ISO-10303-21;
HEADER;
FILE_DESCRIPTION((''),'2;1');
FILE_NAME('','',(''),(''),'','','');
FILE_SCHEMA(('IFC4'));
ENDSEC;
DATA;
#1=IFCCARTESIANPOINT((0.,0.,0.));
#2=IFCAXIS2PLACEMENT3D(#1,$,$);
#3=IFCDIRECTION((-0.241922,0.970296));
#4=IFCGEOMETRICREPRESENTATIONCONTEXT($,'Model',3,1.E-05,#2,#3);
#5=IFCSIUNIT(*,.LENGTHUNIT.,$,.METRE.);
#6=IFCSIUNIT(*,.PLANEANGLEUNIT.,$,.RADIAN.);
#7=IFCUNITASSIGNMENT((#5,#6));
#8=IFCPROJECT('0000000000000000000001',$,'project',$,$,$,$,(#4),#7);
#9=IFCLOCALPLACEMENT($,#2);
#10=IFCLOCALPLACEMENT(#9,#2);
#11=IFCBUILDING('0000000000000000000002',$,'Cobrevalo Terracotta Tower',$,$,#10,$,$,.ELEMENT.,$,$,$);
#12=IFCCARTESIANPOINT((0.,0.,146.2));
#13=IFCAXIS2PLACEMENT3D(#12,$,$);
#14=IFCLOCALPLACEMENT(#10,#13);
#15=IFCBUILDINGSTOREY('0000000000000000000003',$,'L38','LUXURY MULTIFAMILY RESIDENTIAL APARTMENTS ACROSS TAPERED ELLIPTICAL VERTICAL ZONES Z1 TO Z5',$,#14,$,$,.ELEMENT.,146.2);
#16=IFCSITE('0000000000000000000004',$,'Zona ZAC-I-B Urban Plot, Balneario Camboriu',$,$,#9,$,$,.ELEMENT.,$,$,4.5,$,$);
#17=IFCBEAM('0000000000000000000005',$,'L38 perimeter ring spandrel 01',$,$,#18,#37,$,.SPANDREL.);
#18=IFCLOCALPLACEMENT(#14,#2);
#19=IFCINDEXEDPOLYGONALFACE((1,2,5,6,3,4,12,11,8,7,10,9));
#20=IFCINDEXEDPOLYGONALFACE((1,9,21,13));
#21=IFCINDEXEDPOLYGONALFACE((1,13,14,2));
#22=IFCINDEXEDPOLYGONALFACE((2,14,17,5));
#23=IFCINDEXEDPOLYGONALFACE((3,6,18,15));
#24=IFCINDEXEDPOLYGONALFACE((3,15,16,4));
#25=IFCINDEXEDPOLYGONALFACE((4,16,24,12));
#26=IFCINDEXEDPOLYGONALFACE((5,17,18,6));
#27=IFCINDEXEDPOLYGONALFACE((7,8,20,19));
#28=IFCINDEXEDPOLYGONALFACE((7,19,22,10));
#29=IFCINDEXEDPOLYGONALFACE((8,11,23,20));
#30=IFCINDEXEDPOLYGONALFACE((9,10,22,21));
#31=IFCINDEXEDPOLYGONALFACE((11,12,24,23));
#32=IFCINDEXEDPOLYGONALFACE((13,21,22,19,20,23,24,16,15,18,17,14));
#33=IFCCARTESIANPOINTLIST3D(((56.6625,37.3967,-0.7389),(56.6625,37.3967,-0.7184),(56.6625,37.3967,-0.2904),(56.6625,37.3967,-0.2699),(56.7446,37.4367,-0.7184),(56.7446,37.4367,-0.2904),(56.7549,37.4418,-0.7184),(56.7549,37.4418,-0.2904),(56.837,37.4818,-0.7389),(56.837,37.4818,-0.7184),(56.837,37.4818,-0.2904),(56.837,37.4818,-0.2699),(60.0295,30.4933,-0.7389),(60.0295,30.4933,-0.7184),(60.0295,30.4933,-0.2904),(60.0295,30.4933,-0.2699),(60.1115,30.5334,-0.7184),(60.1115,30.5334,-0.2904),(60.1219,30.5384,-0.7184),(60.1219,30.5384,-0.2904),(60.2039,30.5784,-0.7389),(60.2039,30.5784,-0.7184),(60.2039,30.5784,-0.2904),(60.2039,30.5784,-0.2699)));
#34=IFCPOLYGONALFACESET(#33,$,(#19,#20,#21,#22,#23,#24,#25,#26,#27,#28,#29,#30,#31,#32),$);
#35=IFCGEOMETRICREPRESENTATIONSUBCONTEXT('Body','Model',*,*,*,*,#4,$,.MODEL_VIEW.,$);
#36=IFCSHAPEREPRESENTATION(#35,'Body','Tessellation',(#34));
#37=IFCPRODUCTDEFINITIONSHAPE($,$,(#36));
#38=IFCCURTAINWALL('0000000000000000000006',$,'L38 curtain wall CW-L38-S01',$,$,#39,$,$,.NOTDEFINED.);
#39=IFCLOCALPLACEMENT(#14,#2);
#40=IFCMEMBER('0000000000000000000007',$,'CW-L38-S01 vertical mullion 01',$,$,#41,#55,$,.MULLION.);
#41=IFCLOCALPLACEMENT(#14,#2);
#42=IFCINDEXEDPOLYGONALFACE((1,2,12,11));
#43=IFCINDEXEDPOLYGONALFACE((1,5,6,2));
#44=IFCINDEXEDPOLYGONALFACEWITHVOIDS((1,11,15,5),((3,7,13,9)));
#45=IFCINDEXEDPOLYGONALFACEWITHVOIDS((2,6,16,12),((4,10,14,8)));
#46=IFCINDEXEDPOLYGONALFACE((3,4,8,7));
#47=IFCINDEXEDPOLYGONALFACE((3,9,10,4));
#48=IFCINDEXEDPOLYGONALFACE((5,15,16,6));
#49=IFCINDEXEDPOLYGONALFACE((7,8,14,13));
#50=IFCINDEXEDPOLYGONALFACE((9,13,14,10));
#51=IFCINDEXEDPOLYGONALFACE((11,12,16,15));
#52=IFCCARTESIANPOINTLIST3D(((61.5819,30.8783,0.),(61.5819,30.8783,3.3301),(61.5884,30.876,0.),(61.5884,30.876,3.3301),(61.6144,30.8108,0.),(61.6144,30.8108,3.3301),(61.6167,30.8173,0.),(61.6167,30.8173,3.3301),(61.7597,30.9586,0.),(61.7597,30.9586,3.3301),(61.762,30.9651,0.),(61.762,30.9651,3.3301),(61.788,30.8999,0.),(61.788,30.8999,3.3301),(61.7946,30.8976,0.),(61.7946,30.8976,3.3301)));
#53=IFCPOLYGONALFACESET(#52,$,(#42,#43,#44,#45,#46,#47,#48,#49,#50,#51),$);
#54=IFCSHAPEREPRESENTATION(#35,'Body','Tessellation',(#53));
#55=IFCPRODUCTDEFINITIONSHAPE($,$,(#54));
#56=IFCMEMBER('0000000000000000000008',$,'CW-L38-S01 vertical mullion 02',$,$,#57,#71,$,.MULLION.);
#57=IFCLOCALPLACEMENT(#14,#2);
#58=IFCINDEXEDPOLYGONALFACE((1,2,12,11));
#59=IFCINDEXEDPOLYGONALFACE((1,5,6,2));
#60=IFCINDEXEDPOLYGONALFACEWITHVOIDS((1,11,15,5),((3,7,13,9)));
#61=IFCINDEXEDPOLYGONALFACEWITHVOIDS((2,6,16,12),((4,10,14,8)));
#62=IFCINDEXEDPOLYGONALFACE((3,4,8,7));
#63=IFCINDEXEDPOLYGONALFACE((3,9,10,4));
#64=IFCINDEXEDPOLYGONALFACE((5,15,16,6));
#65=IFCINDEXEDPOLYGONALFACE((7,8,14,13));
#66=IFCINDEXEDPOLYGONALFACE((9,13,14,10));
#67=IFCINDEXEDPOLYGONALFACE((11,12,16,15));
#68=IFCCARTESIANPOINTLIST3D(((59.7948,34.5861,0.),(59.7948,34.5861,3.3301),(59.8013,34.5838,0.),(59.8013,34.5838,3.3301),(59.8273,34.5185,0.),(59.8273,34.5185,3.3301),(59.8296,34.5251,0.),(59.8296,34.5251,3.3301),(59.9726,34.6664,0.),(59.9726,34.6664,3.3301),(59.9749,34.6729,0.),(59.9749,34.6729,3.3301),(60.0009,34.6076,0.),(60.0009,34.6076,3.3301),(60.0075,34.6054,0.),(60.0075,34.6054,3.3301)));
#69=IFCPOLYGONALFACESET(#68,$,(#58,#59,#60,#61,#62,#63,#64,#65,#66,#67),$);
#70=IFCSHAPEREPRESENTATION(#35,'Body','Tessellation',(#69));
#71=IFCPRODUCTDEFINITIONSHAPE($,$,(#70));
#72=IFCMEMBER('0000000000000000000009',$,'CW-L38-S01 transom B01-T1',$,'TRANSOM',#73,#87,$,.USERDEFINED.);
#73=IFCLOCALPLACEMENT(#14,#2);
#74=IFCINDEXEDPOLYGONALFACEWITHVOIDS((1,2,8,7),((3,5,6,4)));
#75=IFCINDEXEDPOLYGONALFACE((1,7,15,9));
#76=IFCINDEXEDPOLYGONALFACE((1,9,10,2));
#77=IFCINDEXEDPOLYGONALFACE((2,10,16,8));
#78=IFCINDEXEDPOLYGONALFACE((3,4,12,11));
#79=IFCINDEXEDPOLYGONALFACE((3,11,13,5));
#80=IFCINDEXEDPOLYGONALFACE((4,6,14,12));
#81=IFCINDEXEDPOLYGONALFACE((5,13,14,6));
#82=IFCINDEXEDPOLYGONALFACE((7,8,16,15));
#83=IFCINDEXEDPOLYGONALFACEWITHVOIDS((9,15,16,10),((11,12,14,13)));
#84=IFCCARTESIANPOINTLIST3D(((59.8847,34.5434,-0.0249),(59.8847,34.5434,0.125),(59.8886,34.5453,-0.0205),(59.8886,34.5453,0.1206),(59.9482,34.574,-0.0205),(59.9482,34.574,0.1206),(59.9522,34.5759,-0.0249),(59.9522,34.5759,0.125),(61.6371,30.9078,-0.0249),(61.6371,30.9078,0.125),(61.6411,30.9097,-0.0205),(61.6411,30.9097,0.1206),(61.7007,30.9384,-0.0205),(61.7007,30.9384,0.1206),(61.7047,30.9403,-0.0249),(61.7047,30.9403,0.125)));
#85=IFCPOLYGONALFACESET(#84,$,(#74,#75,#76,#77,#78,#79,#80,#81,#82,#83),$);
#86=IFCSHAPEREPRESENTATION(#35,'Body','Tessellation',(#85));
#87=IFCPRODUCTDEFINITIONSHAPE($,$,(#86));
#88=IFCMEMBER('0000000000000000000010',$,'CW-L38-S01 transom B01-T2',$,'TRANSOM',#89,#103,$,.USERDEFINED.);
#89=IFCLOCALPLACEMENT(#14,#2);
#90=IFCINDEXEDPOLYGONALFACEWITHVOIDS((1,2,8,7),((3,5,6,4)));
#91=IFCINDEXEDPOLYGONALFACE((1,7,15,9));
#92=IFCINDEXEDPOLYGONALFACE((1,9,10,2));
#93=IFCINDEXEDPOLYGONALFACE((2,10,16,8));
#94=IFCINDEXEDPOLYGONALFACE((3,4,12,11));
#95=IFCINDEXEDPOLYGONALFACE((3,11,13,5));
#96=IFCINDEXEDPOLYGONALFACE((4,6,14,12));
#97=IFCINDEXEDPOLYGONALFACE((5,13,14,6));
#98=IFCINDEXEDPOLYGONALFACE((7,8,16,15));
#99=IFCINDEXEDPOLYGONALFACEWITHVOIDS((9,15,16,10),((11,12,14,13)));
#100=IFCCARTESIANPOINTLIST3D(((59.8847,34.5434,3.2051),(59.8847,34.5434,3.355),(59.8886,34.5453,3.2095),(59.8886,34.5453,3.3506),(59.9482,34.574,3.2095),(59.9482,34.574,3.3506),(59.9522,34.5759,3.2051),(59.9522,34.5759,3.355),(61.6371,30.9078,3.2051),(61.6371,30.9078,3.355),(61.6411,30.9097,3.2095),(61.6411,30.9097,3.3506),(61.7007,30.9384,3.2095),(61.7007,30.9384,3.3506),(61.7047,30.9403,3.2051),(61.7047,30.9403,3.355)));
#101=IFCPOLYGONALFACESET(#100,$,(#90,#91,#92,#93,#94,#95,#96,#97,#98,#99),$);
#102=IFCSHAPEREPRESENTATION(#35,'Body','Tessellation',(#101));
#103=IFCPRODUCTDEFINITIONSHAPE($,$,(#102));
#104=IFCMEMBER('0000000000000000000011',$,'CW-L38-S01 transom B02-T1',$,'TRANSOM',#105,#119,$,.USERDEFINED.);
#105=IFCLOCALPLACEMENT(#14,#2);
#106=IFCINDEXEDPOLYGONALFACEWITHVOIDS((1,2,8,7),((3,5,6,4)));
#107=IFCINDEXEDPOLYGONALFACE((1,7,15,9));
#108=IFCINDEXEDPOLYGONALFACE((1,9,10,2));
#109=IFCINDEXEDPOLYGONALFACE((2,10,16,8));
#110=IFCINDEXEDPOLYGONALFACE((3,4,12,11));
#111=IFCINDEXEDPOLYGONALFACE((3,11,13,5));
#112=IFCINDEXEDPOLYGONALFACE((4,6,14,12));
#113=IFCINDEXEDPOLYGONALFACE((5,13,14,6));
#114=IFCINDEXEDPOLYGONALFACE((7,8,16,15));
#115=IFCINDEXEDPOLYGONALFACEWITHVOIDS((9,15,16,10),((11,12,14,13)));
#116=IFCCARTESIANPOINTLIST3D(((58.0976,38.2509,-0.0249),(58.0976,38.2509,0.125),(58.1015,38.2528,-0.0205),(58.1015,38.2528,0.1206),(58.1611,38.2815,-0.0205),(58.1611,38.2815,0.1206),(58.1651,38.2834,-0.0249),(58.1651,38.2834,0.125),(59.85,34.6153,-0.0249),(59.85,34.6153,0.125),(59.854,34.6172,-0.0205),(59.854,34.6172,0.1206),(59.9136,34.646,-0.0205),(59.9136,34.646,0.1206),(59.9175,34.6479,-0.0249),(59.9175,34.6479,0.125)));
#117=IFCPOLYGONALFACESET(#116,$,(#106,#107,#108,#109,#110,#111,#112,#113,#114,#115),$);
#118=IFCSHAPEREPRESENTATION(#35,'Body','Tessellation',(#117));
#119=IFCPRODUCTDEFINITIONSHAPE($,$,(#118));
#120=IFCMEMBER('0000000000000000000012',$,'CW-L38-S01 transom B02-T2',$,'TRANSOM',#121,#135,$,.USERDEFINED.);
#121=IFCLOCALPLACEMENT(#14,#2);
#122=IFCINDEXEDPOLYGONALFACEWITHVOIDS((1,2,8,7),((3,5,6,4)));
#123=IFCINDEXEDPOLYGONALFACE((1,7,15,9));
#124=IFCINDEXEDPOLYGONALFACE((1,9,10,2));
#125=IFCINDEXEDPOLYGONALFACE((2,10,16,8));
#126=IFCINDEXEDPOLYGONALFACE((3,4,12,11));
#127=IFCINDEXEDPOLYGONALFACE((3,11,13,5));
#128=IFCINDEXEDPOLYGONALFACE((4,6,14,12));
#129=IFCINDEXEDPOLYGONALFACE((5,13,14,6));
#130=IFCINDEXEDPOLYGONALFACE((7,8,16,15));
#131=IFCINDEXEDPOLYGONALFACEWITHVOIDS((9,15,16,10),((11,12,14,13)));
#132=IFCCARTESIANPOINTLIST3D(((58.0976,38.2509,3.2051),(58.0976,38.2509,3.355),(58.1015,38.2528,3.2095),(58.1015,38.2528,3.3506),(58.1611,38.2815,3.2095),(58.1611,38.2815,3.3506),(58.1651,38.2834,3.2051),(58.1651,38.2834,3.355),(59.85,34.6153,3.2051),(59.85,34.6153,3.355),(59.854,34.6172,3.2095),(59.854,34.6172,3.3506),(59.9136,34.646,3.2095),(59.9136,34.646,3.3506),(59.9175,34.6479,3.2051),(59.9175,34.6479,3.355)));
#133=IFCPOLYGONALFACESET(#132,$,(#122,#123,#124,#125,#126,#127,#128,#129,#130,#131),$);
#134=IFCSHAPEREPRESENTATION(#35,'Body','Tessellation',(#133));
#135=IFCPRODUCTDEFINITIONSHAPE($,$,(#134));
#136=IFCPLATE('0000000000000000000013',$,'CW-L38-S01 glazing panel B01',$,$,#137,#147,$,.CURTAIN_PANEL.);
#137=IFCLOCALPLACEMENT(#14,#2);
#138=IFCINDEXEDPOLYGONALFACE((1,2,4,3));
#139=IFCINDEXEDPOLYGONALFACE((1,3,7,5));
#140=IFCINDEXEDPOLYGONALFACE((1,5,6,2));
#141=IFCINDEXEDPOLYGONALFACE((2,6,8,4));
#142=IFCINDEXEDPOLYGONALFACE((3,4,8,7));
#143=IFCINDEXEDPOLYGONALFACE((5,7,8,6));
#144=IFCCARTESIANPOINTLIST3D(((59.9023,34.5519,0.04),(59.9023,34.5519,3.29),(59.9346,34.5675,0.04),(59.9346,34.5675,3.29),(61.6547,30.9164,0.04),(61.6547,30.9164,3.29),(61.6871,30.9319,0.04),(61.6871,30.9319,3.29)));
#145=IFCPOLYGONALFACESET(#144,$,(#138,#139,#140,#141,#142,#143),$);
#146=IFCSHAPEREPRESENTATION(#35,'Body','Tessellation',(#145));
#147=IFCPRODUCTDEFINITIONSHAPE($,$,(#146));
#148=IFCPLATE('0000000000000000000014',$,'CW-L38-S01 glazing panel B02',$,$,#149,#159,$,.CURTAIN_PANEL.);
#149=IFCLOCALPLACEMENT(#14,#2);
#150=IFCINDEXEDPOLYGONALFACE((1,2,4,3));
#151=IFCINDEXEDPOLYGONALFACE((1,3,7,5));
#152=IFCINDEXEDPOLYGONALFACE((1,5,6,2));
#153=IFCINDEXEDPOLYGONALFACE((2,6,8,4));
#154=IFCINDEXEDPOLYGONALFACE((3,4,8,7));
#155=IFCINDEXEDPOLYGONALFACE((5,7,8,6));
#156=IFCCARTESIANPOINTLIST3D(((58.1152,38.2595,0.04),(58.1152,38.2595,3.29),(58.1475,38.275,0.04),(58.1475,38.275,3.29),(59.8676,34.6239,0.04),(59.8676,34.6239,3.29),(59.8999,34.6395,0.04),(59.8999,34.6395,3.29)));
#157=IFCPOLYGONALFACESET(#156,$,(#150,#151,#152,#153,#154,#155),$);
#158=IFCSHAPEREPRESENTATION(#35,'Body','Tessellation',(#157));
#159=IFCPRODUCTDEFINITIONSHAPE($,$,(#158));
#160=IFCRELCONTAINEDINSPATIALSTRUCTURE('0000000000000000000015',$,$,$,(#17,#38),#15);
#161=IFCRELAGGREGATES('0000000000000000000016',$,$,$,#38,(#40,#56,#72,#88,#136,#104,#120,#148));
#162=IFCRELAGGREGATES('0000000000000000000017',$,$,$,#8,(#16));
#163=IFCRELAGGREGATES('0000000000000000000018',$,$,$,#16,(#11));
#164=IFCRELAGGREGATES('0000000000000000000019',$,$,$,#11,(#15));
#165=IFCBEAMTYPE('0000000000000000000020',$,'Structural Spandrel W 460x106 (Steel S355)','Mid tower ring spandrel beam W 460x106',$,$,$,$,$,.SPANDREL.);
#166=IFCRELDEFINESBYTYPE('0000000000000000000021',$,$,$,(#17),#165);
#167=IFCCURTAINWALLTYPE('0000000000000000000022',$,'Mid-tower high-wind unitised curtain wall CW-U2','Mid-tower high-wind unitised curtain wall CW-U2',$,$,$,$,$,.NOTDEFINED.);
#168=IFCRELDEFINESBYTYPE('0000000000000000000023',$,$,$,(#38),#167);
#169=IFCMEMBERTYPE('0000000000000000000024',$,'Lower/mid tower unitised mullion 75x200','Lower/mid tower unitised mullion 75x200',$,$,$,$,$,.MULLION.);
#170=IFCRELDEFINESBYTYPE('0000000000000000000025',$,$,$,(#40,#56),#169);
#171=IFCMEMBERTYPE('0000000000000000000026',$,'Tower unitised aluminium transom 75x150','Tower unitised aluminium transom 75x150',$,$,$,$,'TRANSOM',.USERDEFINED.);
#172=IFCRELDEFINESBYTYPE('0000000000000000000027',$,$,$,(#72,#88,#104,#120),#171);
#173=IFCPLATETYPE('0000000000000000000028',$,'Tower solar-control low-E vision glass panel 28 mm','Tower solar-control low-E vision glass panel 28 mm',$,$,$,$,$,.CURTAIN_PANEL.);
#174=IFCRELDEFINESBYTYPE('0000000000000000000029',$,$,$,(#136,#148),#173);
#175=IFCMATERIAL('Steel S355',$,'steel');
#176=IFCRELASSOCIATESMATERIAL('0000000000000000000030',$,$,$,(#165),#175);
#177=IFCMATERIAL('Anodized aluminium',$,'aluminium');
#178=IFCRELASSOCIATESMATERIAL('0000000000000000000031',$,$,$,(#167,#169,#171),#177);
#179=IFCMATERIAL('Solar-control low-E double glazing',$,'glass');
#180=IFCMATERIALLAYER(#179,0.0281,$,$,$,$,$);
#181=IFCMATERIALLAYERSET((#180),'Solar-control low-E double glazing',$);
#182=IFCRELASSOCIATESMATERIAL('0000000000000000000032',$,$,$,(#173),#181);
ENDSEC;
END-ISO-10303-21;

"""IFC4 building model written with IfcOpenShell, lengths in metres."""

from ifc_helpers import new_model, si_unit, direction, frame, origin, origin_2d, place, context, subcontext, project, spatial, rectangle, hollow_rectangle, i_section, extrude, source, transform, mapped, material, layer, layer_set, material_profile, profile_set, type_object, element, aggregate, save


model = new_model("IFC4")

# Units and contexts
model_context = context("Model", 3, precision=1e-05, world=origin(), true_north=direction((-0.241922, 0.970296)))
body_context = subcontext(model_context, "Body", "Model", "MODEL_VIEW")
ifc_project = project(units=[si_unit("LENGTHUNIT", "METRE"), si_unit("PLANEANGLEUNIT", "RADIAN")], contexts=[model_context])

# Site, building, storey
site_placement = place(None, origin())
site = spatial("IfcSite", under=ifc_project, at=site_placement, Name="Zona ZAC-I-B Urban Plot, Balneario Camboriu", CompositionType="ELEMENT", RefElevation=4.5)
building_placement = place(site_placement, origin())
building = spatial("IfcBuilding", under=site, at=building_placement, Name="Cobrevalo Terracotta Tower", CompositionType="ELEMENT")
storey_placement = place(building_placement, frame((0.0, 0.0, 146.2)))
storey = spatial("IfcBuildingStorey", under=building, at=storey_placement, Name="L38", Description="LUXURY MULTIFAMILY RESIDENTIAL APARTMENTS ACROSS TAPERED ELLIPTICAL VERTICAL ZONES Z1 TO Z5", CompositionType="ELEMENT", Elevation=146.2)

# Shared definitions
ifc_material_1 = material(Name="Steel S355", Category="steel")

# Beam
ifc_material_profile_1 = material_profile(ifc_material_1, i_section(OverallWidth=0.1941, OverallDepth=0.469, WebThickness=0.0115, FlangeThickness=0.0205, at=origin_2d()), Name="W 460x106")
ifc_profile_set_1 = profile_set([ifc_material_profile_1], Name="Steel S355")
beam_type_1 = type_object("IfcBeamType", Name="Structural Spandrel W 460x106 (Steel S355)", Description="Mid tower ring spandrel beam W 460x106", PredefinedType="SPANDREL", material=ifc_profile_set_1)
beam_1_placement = place(storey_placement, frame((60.1167, 30.5359, -0.5044), z_axis=(-0.438368, 0.898796, 0.0), x_axis=(-0.898796, -0.438368, 0.0)))
element("IfcBeam", 1, at=beam_1_placement, inside=storey, type_object=beam_type_1, Name="L38 perimeter ring spandrel 01", PredefinedType="SPANDREL", context=body_context, shape_type="SweptSolid", body=[
    extrude(i_section(OverallWidth=0.1941, OverallDepth=0.469, WebThickness=0.0115, FlangeThickness=0.0205, at=origin_2d()), origin(), (0.0, 0.0, 1.0), 7.6807),
])

# Curtain wall, members, plates
ifc_material_2 = material(Name="Anodized aluminium", Category="aluminium")
curtain_wall_type = type_object("IfcCurtainWallType", Name="Mid-tower high-wind unitised curtain wall CW-U2", Description="Mid-tower high-wind unitised curtain wall CW-U2", PredefinedType="NOTDEFINED", material=ifc_material_2)
curtain_wall_placement = place(storey_placement, origin())
curtain_wall = element("IfcCurtainWall", 2, at=curtain_wall_placement, inside=storey, type_object=curtain_wall_type, Name="L38 curtain wall CW-L38-S01", PredefinedType="NOTDEFINED")
ifc_material_profile_2 = material_profile(ifc_material_2, hollow_rectangle(XDim=0.075, YDim=0.2, WallThickness=0.0049, at=origin_2d()), Name="CWM 75x200")
ifc_profile_set_2 = profile_set([ifc_material_profile_2], Name="Anodized aluminium")
member_type_1 = type_object("IfcMemberType", Name="Lower/mid tower unitised mullion 75x200", Description="Lower/mid tower unitised mullion 75x200", PredefinedType="MULLION", material=ifc_profile_set_2)
shared_shape_1 = source(origin(), body_context, "Body", "SweptSolid", [
    extrude(hollow_rectangle(XDim=0.075, YDim=0.2, WallThickness=0.0049, at=origin_2d()), origin(), (0.0, 0.0, 1.0), 3.3301),
])
member_1_placement = place(storey_placement, frame((61.6882, 30.8879, 0.0), z_axis=(0.0, 0.0, 1.0), x_axis=(-0.434209, 0.900812, 0.0)))
member_1 = element("IfcMember", 3, at=member_1_placement, type_object=member_type_1, Name="CW-L38-S01 vertical mullion 01", PredefinedType="MULLION", context=body_context, shape_type="MappedRepresentation", body=[
    mapped(shared_shape_1, transform((0.0, 0.0, 0.0), scale=1.0)),
])
member_2_placement = place(storey_placement, frame((59.9011, 34.5957, 0.0), z_axis=(0.0, 0.0, 1.0), x_axis=(-0.434209, 0.900812, 0.0)))
member_2 = element("IfcMember", 4, at=member_2_placement, type_object=member_type_1, Name="CW-L38-S01 vertical mullion 02", PredefinedType="MULLION", context=body_context, shape_type="MappedRepresentation", body=[
    mapped(shared_shape_1, transform((0.0, 0.0, 0.0), scale=1.0)),
])
ifc_material_profile_3 = material_profile(ifc_material_2, hollow_rectangle(XDim=0.075, YDim=0.1499, WallThickness=0.0044, at=origin_2d()), Name="CWT 75x150")
ifc_profile_set_3 = profile_set([ifc_material_profile_3], Name="Anodized aluminium")
member_type_2 = type_object("IfcMemberType", Name="Tower unitised aluminium transom 75x150", Description="Tower unitised aluminium transom 75x150", ElementType="TRANSOM", PredefinedType="USERDEFINED", material=ifc_profile_set_3)
shared_shape_2 = source(origin(), body_context, "Body", "SweptSolid", [
    extrude(hollow_rectangle(XDim=0.075, YDim=0.1499, WallThickness=0.0044, at=origin_2d()), origin(), (0.0, 0.0, 1.0), 4.0359),
])
member_3_placement = place(storey_placement, frame((61.6709, 30.9241, 0.05), z_axis=(-0.434221, 0.900806, 0.0), x_axis=(-0.900806, -0.434221, 0.0)))
member_3 = element("IfcMember", 5, at=member_3_placement, type_object=member_type_2, Name="CW-L38-S01 transom B01-T1", ObjectType="TRANSOM", PredefinedType="USERDEFINED", context=body_context, shape_type="MappedRepresentation", body=[
    mapped(shared_shape_2, transform((0.0, 0.0, 0.0), scale=1.0)),
])
member_4_placement = place(storey_placement, frame((61.6709, 30.9241, 3.28), z_axis=(-0.434221, 0.900806, 0.0), x_axis=(-0.900806, -0.434221, 0.0)))
member_4 = element("IfcMember", 6, at=member_4_placement, type_object=member_type_2, Name="CW-L38-S01 transom B01-T2", ObjectType="TRANSOM", PredefinedType="USERDEFINED", context=body_context, shape_type="MappedRepresentation", body=[
    mapped(shared_shape_2, transform((0.0, 0.0, 0.0), scale=1.0)),
])
member_5_placement = place(storey_placement, frame((59.8838, 34.6316, 0.05), z_axis=(-0.434221, 0.900806, 0.0), x_axis=(-0.900806, -0.434221, 0.0)))
member_5 = element("IfcMember", 7, at=member_5_placement, type_object=member_type_2, Name="CW-L38-S01 transom B02-T1", ObjectType="TRANSOM", PredefinedType="USERDEFINED", context=body_context, shape_type="MappedRepresentation", body=[
    mapped(shared_shape_2, transform((0.0, 0.0, 0.0), scale=1.0)),
])
member_6_placement = place(storey_placement, frame((59.8838, 34.6316, 3.28), z_axis=(-0.434221, 0.900806, 0.0), x_axis=(-0.900806, -0.434221, 0.0)))
member_6 = element("IfcMember", 8, at=member_6_placement, type_object=member_type_2, Name="CW-L38-S01 transom B02-T2", ObjectType="TRANSOM", PredefinedType="USERDEFINED", context=body_context, shape_type="MappedRepresentation", body=[
    mapped(shared_shape_2, transform((0.0, 0.0, 0.0), scale=1.0)),
])
ifc_material_3 = material(Name="Solar-control low-E double glazing", Category="glass")
ifc_layer_1 = layer(ifc_material_3, 0.0281)
ifc_layer_set_1 = layer_set([ifc_layer_1], Name="Solar-control low-E double glazing")
plate_type = type_object("IfcPlateType", Name="Tower solar-control low-E vision glass panel 28 mm", Description="Tower solar-control low-E vision glass panel 28 mm", PredefinedType="CURTAIN_PANEL", material=ifc_layer_set_1)
shared_shape_3 = source(origin(), body_context, "Body", "SweptSolid", [
    extrude(rectangle(XDim=4.0359, YDim=0.0359, at=origin_2d()), origin(), (0.0, 0.0, 1.0), 3.25),
])
plate_1_placement = place(storey_placement, frame((60.7947, 32.7419, 0.04), z_axis=(0.0, 0.0, 1.0), x_axis=(-0.434209, 0.900812, 0.0)))
plate_1 = element("IfcPlate", 9, at=plate_1_placement, type_object=plate_type, Name="CW-L38-S01 glazing panel B01", PredefinedType="CURTAIN_PANEL", context=body_context, shape_type="MappedRepresentation", body=[
    mapped(shared_shape_3, transform((0.0, 0.0, 0.0), scale=1.0)),
])
plate_2_placement = place(storey_placement, frame((59.0076, 36.4495, 0.04), z_axis=(0.0, 0.0, 1.0), x_axis=(-0.434209, 0.900812, 0.0)))
plate_2 = element("IfcPlate", 10, at=plate_2_placement, type_object=plate_type, Name="CW-L38-S01 glazing panel B02", PredefinedType="CURTAIN_PANEL", context=body_context, shape_type="MappedRepresentation", body=[
    mapped(shared_shape_3, transform((0.0, 0.0, 0.0), scale=1.0)),
])
aggregate(curtain_wall, [member_1, member_2, member_3, member_4, plate_1, member_5, member_6, plate_2])

save(model, "model.ifc")
